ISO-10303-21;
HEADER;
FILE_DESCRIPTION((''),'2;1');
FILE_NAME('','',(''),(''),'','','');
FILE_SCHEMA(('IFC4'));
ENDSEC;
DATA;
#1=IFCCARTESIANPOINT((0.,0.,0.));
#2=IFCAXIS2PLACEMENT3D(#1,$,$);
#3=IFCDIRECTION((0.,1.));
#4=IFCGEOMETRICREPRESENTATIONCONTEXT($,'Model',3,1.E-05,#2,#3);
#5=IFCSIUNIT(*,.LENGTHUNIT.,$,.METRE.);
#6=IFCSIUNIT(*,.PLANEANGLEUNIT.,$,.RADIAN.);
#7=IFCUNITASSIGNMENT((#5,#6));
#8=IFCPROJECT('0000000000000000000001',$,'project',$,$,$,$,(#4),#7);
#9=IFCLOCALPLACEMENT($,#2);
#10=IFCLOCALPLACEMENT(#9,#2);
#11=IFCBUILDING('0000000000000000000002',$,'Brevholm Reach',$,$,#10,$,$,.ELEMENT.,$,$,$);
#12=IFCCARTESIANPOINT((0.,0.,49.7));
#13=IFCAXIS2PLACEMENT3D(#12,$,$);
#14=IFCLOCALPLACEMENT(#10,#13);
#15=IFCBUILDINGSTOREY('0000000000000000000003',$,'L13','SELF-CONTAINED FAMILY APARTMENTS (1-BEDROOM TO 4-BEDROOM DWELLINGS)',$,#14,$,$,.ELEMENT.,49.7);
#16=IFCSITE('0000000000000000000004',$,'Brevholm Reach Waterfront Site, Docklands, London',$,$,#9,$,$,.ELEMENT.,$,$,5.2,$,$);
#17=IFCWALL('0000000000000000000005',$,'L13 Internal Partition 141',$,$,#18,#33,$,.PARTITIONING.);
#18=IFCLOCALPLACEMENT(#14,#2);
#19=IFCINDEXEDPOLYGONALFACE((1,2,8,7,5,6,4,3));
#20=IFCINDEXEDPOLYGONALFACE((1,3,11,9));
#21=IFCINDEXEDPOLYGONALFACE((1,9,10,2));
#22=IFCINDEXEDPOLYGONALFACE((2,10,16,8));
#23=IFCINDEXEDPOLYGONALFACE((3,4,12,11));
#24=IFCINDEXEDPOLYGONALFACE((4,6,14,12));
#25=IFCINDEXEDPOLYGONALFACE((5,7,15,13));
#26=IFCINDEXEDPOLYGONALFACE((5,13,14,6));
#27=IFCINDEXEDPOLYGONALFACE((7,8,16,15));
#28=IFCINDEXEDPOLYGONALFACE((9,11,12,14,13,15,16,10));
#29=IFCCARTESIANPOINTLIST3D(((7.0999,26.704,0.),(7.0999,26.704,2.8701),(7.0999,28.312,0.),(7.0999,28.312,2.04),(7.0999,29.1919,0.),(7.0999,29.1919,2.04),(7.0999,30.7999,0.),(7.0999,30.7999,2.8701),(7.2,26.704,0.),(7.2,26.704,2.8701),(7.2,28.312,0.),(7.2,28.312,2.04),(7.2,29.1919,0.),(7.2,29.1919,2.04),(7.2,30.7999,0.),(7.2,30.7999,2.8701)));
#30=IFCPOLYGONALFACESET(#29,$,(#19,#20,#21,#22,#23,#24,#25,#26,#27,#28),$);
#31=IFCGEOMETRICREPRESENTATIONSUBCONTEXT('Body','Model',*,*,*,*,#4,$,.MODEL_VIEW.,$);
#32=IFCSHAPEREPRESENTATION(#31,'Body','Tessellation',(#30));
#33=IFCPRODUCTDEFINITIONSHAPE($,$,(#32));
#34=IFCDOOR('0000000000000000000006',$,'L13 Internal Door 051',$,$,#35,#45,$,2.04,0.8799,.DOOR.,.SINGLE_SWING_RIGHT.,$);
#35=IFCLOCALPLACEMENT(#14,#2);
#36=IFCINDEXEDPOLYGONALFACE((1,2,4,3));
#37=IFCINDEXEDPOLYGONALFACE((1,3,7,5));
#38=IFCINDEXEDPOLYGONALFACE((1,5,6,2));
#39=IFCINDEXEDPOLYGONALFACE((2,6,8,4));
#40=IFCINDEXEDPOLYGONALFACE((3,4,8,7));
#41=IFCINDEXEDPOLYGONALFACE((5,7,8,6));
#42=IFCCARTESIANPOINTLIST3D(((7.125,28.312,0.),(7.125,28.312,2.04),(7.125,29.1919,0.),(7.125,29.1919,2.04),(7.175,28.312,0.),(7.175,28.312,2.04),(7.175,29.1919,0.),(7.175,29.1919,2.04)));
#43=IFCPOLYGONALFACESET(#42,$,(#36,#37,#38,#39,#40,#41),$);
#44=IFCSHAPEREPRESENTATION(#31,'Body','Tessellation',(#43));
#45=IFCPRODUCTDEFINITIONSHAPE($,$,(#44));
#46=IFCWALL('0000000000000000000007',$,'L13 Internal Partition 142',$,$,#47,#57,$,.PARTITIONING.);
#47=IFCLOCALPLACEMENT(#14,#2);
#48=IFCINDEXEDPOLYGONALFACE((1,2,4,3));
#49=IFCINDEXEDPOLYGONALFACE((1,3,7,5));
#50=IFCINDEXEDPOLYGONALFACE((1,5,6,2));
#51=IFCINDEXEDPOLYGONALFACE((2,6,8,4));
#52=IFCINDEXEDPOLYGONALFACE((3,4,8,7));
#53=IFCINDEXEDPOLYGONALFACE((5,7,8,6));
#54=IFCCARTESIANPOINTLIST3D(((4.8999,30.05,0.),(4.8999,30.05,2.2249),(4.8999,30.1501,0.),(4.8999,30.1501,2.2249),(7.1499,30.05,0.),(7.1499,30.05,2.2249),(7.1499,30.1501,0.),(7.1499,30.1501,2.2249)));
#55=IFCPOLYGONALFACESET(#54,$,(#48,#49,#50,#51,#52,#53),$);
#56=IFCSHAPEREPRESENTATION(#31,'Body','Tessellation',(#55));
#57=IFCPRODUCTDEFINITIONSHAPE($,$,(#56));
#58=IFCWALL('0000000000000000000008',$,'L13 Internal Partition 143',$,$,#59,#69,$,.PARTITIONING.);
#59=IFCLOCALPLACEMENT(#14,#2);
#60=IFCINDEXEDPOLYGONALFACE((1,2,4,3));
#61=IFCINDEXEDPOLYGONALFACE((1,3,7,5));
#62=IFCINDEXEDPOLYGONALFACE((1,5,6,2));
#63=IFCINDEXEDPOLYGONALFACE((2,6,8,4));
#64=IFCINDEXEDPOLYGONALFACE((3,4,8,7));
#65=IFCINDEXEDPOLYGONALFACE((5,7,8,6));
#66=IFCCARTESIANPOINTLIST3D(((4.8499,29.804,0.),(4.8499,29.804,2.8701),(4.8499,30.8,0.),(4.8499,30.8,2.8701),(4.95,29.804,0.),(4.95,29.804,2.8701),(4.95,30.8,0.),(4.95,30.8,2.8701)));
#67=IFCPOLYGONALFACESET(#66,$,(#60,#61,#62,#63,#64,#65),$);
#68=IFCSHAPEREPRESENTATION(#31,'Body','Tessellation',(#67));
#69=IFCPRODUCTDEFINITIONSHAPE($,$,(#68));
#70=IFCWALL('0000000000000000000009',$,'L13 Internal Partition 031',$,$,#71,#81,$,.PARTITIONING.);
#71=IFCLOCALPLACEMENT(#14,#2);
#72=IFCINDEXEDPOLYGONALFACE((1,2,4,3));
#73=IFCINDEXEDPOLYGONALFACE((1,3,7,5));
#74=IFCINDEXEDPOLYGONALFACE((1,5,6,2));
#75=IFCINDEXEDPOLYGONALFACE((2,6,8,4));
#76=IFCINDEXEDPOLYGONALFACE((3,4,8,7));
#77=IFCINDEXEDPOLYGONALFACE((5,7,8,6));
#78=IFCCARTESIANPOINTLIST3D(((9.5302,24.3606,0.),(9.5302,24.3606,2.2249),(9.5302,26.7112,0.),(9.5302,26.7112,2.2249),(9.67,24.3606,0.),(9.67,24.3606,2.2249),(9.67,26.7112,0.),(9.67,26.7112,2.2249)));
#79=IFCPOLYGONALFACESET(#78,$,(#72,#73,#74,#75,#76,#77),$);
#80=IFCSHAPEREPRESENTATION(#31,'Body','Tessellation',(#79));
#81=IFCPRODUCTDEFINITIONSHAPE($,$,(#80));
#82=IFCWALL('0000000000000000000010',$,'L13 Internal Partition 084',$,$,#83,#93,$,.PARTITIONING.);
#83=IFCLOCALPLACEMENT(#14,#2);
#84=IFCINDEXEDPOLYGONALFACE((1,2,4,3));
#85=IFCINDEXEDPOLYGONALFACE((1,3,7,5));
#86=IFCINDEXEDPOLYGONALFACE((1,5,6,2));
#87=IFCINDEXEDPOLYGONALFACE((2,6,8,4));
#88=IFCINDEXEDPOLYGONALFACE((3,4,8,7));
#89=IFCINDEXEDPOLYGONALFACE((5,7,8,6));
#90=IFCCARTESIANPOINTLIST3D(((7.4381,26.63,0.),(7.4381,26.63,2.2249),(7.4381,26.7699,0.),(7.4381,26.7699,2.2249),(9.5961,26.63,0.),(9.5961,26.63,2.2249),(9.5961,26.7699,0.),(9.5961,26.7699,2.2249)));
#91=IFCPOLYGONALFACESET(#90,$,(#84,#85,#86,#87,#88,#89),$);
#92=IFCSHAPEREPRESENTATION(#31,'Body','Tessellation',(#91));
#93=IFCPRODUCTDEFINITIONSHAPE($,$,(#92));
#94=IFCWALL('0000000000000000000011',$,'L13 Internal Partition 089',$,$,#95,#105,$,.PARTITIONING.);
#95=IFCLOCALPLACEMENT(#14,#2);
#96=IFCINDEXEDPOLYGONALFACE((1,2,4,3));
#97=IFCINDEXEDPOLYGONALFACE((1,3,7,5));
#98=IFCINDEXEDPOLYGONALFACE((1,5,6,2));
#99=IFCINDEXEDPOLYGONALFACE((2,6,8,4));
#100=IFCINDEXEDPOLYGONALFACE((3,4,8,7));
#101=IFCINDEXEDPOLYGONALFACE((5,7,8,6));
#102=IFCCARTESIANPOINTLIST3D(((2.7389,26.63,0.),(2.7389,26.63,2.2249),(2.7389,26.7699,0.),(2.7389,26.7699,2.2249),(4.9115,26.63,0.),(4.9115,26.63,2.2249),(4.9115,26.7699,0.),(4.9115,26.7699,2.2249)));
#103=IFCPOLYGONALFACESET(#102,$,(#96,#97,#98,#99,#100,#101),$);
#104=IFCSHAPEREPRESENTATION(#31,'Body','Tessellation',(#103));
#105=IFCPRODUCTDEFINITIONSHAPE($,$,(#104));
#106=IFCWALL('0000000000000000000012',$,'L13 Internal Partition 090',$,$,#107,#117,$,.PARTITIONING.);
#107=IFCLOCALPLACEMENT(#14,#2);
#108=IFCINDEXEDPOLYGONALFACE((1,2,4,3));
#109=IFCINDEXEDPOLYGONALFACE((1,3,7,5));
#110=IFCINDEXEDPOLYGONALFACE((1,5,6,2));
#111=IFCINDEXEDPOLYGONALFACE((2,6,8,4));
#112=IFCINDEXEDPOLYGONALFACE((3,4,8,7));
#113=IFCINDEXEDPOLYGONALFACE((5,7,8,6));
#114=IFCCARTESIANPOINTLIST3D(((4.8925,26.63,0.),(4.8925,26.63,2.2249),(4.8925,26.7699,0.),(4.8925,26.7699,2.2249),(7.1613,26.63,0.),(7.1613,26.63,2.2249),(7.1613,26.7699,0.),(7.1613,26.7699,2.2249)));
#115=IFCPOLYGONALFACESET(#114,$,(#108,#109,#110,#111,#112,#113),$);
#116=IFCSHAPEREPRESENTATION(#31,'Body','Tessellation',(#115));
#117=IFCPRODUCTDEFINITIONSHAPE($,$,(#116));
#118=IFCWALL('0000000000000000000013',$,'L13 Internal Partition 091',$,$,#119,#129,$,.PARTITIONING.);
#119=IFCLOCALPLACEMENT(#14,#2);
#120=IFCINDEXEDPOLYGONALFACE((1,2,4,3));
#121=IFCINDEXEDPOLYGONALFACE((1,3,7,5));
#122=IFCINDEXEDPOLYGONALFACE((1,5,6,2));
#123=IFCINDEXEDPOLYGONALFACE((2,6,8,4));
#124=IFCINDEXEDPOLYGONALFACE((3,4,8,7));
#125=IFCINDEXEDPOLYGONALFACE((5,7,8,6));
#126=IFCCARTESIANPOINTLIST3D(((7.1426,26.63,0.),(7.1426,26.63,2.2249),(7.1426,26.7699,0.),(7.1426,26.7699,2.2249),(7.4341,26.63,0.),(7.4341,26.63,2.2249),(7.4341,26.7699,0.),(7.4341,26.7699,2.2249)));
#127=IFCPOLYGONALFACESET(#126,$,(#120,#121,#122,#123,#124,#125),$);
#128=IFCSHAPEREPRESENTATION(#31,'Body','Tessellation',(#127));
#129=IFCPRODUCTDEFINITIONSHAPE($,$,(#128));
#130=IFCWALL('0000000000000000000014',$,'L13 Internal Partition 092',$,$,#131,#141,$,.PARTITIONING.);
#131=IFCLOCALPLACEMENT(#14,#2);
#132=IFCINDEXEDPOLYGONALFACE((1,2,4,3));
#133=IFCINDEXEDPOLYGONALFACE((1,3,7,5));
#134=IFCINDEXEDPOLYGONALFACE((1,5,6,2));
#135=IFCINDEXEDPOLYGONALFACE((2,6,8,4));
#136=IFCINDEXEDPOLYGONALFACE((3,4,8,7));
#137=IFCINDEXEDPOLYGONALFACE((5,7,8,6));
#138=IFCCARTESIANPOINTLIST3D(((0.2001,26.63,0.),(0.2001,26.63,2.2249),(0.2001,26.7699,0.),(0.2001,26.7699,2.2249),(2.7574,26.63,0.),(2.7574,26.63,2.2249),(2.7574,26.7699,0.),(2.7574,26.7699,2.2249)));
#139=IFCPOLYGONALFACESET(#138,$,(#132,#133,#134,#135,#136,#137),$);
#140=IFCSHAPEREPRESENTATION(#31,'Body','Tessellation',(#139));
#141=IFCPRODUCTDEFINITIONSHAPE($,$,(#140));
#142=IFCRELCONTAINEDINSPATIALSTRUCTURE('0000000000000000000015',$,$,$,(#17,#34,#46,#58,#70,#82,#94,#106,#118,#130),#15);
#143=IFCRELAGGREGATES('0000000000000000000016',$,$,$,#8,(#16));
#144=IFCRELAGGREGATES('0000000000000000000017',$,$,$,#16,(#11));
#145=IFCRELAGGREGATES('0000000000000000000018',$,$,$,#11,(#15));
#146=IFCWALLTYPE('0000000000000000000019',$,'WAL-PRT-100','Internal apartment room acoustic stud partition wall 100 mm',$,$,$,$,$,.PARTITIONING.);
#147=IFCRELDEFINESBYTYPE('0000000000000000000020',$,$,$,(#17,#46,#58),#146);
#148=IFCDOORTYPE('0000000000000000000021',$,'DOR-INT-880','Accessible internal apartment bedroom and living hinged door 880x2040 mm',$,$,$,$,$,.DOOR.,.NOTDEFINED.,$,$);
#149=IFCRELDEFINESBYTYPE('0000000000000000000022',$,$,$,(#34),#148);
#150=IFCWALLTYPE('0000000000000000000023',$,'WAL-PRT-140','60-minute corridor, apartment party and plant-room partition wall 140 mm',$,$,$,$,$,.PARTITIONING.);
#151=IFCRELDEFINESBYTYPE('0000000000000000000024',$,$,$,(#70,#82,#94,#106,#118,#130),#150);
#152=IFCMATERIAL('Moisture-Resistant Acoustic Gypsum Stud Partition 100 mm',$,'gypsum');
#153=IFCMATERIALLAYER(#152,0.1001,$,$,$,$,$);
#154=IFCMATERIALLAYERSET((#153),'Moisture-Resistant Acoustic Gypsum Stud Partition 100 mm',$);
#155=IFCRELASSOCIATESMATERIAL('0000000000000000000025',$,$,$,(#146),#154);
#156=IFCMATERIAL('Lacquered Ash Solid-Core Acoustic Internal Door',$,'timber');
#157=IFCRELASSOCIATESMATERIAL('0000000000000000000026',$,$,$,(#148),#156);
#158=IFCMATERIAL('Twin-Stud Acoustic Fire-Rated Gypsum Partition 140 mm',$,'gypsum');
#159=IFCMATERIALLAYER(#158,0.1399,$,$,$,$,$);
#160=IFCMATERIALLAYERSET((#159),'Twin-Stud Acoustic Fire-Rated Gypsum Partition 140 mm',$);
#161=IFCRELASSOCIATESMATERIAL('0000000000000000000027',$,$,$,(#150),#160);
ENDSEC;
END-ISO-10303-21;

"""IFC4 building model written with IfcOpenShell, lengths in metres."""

from ifc_helpers import new_model, si_unit, direction, frame, frame_2d, origin, place, context, subcontext, project, spatial, rectangle, extrude, material, layer, layer_set, type_object, element, fill, save


model = new_model("IFC4")

# Units and contexts
model_context = context("Model", 3, precision=1e-05, world=origin(), true_north=direction((0.0, 1.0)))
body_context = subcontext(model_context, "Body", "Model", "MODEL_VIEW")
ifc_project = project(units=[si_unit("LENGTHUNIT", "METRE"), si_unit("PLANEANGLEUNIT", "RADIAN")], contexts=[model_context])

# Site, building, storey
site_placement = place(None, origin())
site = spatial("IfcSite", under=ifc_project, at=site_placement, Name="Brevholm Reach Waterfront Site, Docklands, London", CompositionType="ELEMENT", RefElevation=5.2)
building_placement = place(site_placement, origin())
building = spatial("IfcBuilding", under=site, at=building_placement, Name="Brevholm Reach", CompositionType="ELEMENT")
storey_placement = place(building_placement, frame((0.0, 0.0, 49.7)))
storey = spatial("IfcBuildingStorey", under=building, at=storey_placement, Name="L13", Description="SELF-CONTAINED FAMILY APARTMENTS (1-BEDROOM TO 4-BEDROOM DWELLINGS)", CompositionType="ELEMENT", Elevation=49.7)

# Shared definitions
ifc_material_1 = material(Name="Moisture-Resistant Acoustic Gypsum Stud Partition 100 mm", Category="gypsum")
ifc_layer_1 = layer(ifc_material_1, 0.1001)
ifc_layer_set_1 = layer_set([ifc_layer_1], Name="Moisture-Resistant Acoustic Gypsum Stud Partition 100 mm")
wall_type_1 = type_object("IfcWallType", Name="WAL-PRT-100", Description="Internal apartment room acoustic stud partition wall 100 mm", PredefinedType="PARTITIONING", material=ifc_layer_set_1)

# Wall, opening, door
wall_1_placement = place(storey_placement, frame((7.1499, 26.7041, 0.0), z_axis=(0.0, 0.0, 1.0), x_axis=(0.0, 1.0, 0.0)))
wall_1 = element("IfcWall", 1, at=wall_1_placement, inside=storey, type_object=wall_type_1, Name="L13 Internal Partition 141", PredefinedType="PARTITIONING", context=body_context, shape_type="SweptSolid", body=[
    extrude(rectangle(XDim=4.0959, YDim=0.1001, at=frame_2d((2.0479, 0.0))), origin(), (0.0, 0.0, 1.0), 2.8701),
])
opening_1_placement = place(wall_1_placement, frame((1.6079, 0.0, 0.0)))
opening_1 = element("IfcOpeningElement", 2, at=opening_1_placement, cuts=wall_1, PredefinedType="OPENING", context=body_context, shape_type="SweptSolid", body=[
    extrude(rectangle(XDim=0.8799, YDim=2.04, at=frame_2d((0.4399, 1.02))), frame((0.0, 0.0601, 0.0), z_axis=(0.0, -1.0, 0.0), x_axis=(1.0, 0.0, 0.0)), (0.0, 0.0, 1.0), 0.1201),
])
ifc_material_2 = material(Name="Lacquered Ash Solid-Core Acoustic Internal Door", Category="timber")
door_type_1 = type_object("IfcDoorType", Name="DOR-INT-880", Description="Accessible internal apartment bedroom and living hinged door 880x2040 mm", OperationType="NOTDEFINED", PredefinedType="DOOR", material=ifc_material_2)
door_1_placement = place(opening_1_placement, origin())
door_1 = element("IfcDoor", 3, at=door_1_placement, inside=storey, type_object=door_type_1, Name="L13 Internal Door 051", OperationType="SINGLE_SWING_RIGHT", OverallHeight=2.04, OverallWidth=0.8799, PredefinedType="DOOR", context=body_context, shape_type="SweptSolid", body=[
    extrude(rectangle(XDim=0.8799, YDim=2.04, at=frame_2d((0.4399, 1.02))), frame((0.0, 0.0249, 0.0), z_axis=(0.0, -1.0, 0.0), x_axis=(1.0, 0.0, 0.0)), (0.0, 0.0, 1.0), 0.05),
])
fill(opening_1, door_1)

# Walls
wall_2_placement = place(storey_placement, frame((4.8999, 30.1001, 0.0), z_axis=(0.0, 0.0, 1.0), x_axis=(1.0, 0.0, 0.0)))
element("IfcWall", 4, at=wall_2_placement, inside=storey, type_object=wall_type_1, Name="L13 Internal Partition 142", PredefinedType="PARTITIONING", context=body_context, shape_type="SweptSolid", body=[
    extrude(rectangle(XDim=2.25, YDim=0.1001, at=frame_2d((1.125, 0.0))), origin(), (0.0, 0.0, 1.0), 2.2249),
])
wall_3_placement = place(storey_placement, frame((4.8999, 29.804, 0.0), z_axis=(0.0, 0.0, 1.0), x_axis=(0.0, 1.0, 0.0)))
element("IfcWall", 5, at=wall_3_placement, inside=storey, type_object=wall_type_1, Name="L13 Internal Partition 143", PredefinedType="PARTITIONING", context=body_context, shape_type="SweptSolid", body=[
    extrude(rectangle(XDim=0.9961, YDim=0.1001, at=frame_2d((0.498, 0.0))), origin(), (0.0, 0.0, 1.0), 2.8701),
])
ifc_material_3 = material(Name="Twin-Stud Acoustic Fire-Rated Gypsum Partition 140 mm", Category="gypsum")
ifc_layer_2 = layer(ifc_material_3, 0.1399)
ifc_layer_set_2 = layer_set([ifc_layer_2], Name="Twin-Stud Acoustic Fire-Rated Gypsum Partition 140 mm")
wall_type_2 = type_object("IfcWallType", Name="WAL-PRT-140", Description="60-minute corridor, apartment party and plant-room partition wall 140 mm", PredefinedType="PARTITIONING", material=ifc_layer_set_2)
wall_4_placement = place(storey_placement, frame((9.6001, 24.3606, 0.0), z_axis=(0.0, 0.0, 1.0), x_axis=(0.0, 1.0, 0.0)))
element("IfcWall", 6, at=wall_4_placement, inside=storey, type_object=wall_type_2, Name="L13 Internal Partition 031", PredefinedType="PARTITIONING", context=body_context, shape_type="SweptSolid", body=[
    extrude(rectangle(XDim=2.3506, YDim=0.1399, at=frame_2d((1.1753, 0.0))), origin(), (0.0, 0.0, 1.0), 2.2249),
])
wall_5_placement = place(storey_placement, frame((7.438, 26.7, 0.0), z_axis=(0.0, 0.0, 1.0), x_axis=(1.0, 0.0, 0.0)))
element("IfcWall", 7, at=wall_5_placement, inside=storey, type_object=wall_type_2, Name="L13 Internal Partition 084", PredefinedType="PARTITIONING", context=body_context, shape_type="SweptSolid", body=[
    extrude(rectangle(XDim=2.158, YDim=0.1399, at=frame_2d((1.0791, 0.0))), origin(), (0.0, 0.0, 1.0), 2.2249),
])
wall_6_placement = place(storey_placement, frame((2.7388, 26.7, 0.0), z_axis=(0.0, 0.0, 1.0), x_axis=(1.0, 0.0, 0.0)))
element("IfcWall", 8, at=wall_6_placement, inside=storey, type_object=wall_type_2, Name="L13 Internal Partition 089", PredefinedType="PARTITIONING", context=body_context, shape_type="SweptSolid", body=[
    extrude(rectangle(XDim=2.1726, YDim=0.1399, at=frame_2d((1.0864, 0.0))), origin(), (0.0, 0.0, 1.0), 2.2249),
])
wall_7_placement = place(storey_placement, frame((4.8926, 26.7, 0.0), z_axis=(0.0, 0.0, 1.0), x_axis=(1.0, 0.0, 0.0)))
element("IfcWall", 9, at=wall_7_placement, inside=storey, type_object=wall_type_2, Name="L13 Internal Partition 090", PredefinedType="PARTITIONING", context=body_context, shape_type="SweptSolid", body=[
    extrude(rectangle(XDim=2.2688, YDim=0.1399, at=frame_2d((1.1343, 0.0))), origin(), (0.0, 0.0, 1.0), 2.2249),
])
wall_8_placement = place(storey_placement, frame((7.1426, 26.7, 0.0), z_axis=(0.0, 0.0, 1.0), x_axis=(1.0, 0.0, 0.0)))
element("IfcWall", 10, at=wall_8_placement, inside=storey, type_object=wall_type_2, Name="L13 Internal Partition 091", PredefinedType="PARTITIONING", context=body_context, shape_type="SweptSolid", body=[
    extrude(rectangle(XDim=0.2915, YDim=0.1399, at=frame_2d((0.1458, 0.0))), origin(), (0.0, 0.0, 1.0), 2.2249),
])
wall_9_placement = place(storey_placement, frame((0.2, 26.7, 0.0), z_axis=(0.0, 0.0, 1.0), x_axis=(1.0, 0.0, 0.0)))
element("IfcWall", 11, at=wall_9_placement, inside=storey, type_object=wall_type_2, Name="L13 Internal Partition 092", PredefinedType="PARTITIONING", context=body_context, shape_type="SweptSolid", body=[
    extrude(rectangle(XDim=2.5574, YDim=0.1399, at=frame_2d((1.2788, 0.0))), origin(), (0.0, 0.0, 1.0), 2.2249),
])

save(model, "model.ifc")
